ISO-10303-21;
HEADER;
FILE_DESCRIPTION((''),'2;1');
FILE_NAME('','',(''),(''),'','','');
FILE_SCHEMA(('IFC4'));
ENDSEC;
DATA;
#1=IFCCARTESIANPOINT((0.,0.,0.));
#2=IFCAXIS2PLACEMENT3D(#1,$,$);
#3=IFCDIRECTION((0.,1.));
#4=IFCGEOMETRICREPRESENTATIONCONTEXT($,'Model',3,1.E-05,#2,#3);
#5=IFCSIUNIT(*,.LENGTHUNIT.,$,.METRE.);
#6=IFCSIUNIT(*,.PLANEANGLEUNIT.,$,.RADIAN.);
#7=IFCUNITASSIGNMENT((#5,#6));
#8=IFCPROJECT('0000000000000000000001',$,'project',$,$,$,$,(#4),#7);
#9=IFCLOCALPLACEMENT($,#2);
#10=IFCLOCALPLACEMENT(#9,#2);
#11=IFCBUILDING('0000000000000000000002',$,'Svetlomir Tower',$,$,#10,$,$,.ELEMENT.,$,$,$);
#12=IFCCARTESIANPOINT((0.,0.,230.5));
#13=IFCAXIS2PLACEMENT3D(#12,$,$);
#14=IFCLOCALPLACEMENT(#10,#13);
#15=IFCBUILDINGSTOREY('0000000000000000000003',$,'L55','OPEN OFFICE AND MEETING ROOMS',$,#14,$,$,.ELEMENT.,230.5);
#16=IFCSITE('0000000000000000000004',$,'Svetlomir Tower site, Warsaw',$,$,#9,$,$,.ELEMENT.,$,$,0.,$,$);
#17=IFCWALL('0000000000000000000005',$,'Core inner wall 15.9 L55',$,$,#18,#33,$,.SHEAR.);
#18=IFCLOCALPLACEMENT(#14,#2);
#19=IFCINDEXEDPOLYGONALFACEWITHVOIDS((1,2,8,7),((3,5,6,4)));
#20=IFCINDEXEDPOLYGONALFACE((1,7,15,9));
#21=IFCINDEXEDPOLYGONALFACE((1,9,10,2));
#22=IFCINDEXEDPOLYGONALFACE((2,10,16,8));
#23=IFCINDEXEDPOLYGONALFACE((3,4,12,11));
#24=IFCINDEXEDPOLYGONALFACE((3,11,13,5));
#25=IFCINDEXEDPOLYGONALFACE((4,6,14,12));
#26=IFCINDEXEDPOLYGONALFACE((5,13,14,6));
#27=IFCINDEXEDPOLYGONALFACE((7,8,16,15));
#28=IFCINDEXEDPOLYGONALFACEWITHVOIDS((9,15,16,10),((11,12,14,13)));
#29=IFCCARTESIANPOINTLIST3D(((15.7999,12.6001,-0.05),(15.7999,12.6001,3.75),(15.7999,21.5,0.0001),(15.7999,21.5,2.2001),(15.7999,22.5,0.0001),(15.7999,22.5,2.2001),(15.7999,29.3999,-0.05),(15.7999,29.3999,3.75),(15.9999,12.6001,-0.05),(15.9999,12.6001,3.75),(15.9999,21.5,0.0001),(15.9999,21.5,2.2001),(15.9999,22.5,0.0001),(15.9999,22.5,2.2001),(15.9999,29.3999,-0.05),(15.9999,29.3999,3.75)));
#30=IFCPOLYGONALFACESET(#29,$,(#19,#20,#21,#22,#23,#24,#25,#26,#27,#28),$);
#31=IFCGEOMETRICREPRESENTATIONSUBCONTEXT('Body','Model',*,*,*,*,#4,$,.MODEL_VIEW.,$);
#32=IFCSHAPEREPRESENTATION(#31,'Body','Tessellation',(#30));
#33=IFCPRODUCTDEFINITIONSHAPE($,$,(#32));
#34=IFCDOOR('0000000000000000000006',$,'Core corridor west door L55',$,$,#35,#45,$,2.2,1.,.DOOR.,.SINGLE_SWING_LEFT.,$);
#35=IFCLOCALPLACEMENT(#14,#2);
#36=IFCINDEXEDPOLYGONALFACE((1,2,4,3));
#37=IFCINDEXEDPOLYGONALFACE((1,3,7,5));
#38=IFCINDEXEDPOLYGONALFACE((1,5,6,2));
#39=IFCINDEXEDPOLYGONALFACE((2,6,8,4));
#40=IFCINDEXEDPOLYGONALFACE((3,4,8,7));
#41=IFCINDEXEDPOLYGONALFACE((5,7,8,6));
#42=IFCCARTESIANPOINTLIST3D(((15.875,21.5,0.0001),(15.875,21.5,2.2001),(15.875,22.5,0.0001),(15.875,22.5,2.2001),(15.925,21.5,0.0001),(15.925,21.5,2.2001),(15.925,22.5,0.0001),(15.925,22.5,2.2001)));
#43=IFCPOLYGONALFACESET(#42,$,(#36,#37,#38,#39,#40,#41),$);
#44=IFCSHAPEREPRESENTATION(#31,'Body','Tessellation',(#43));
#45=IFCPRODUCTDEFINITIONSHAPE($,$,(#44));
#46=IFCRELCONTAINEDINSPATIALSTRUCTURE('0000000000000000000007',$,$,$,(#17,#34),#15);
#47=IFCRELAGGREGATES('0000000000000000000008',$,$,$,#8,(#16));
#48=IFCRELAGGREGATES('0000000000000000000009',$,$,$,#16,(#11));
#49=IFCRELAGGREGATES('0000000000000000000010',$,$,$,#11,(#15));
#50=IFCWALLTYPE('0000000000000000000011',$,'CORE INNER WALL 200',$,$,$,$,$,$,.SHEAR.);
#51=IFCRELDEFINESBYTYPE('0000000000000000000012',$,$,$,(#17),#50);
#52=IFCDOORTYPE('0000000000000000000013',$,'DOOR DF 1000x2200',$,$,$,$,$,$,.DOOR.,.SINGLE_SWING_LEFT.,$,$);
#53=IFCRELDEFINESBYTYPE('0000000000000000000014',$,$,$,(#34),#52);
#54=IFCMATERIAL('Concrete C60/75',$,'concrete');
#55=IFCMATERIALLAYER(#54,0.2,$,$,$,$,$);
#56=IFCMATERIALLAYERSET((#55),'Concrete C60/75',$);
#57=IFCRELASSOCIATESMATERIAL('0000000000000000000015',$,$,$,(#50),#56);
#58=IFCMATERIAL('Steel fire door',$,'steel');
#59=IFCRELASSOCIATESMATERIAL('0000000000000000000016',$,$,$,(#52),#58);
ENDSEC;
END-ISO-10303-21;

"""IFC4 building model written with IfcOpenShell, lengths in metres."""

from ifc_helpers import new_model, si_unit, direction, frame, frame_2d, origin, place, context, subcontext, project, spatial, rectangle, extrude, material, layer, layer_set, type_object, element, fill, save


model = new_model("IFC4")

# Units and contexts
model_context = context("Model", 3, precision=1e-05, world=origin(), true_north=direction((0.0, 1.0)))
body_context = subcontext(model_context, "Body", "Model", "MODEL_VIEW")
ifc_project = project(units=[si_unit("LENGTHUNIT", "METRE"), si_unit("PLANEANGLEUNIT", "RADIAN")], contexts=[model_context])

# Site, building, storey
site_placement = place(None, origin())
site = spatial("IfcSite", under=ifc_project, at=site_placement, Name="Svetlomir Tower site, Warsaw", CompositionType="ELEMENT", RefElevation=0.0)
building_placement = place(site_placement, origin())
building = spatial("IfcBuilding", under=site, at=building_placement, Name="Svetlomir Tower", CompositionType="ELEMENT")
storey_placement = place(building_placement, frame((0.0, 0.0, 230.5)))
storey = spatial("IfcBuildingStorey", under=building, at=storey_placement, Name="L55", Description="OPEN OFFICE AND MEETING ROOMS", CompositionType="ELEMENT", Elevation=230.5)

# Wall, opening, door
ifc_material_1 = material(Name="Concrete C60/75", Category="concrete")
ifc_layer_1 = layer(ifc_material_1, 0.2)
ifc_layer_set_1 = layer_set([ifc_layer_1], Name="Concrete C60/75")
wall_type_1 = type_object("IfcWallType", Name="CORE INNER WALL 200", PredefinedType="SHEAR", material=ifc_layer_set_1)
wall_1_placement = place(storey_placement, frame((15.8999, 12.6001, -0.05), z_axis=(0.0, 0.0, 1.0), x_axis=(0.0, 1.0, 0.0)))
wall_1 = element("IfcWall", 1, at=wall_1_placement, inside=storey, type_object=wall_type_1, Name="Core inner wall 15.9 L55", PredefinedType="SHEAR", context=body_context, shape_type="SweptSolid", body=[
    extrude(rectangle(XDim=16.7998, YDim=0.2, at=frame_2d((8.3999, 0.0))), origin(), (0.0, 0.0, 1.0), 3.8),
])
opening_1_placement = place(wall_1_placement, frame((8.8999, 0.0, 0.05)))
opening_1 = element("IfcOpeningElement", 2, at=opening_1_placement, cuts=wall_1, PredefinedType="OPENING", context=body_context, shape_type="SweptSolid", body=[
    extrude(rectangle(XDim=1.0, YDim=2.2, at=frame_2d((0.5, 1.1001))), frame((0.0, 0.1099, 0.0), z_axis=(0.0, -1.0, 0.0), x_axis=(1.0, 0.0, 0.0)), (0.0, 0.0, 1.0), 0.22),
])
ifc_material_2 = material(Name="Steel fire door", Category="steel")
door_type_1 = type_object("IfcDoorType", Name="DOOR DF 1000x2200", OperationType="SINGLE_SWING_LEFT", PredefinedType="DOOR", material=ifc_material_2)
door_1_placement = place(opening_1_placement, origin())
door_1 = element("IfcDoor", 3, at=door_1_placement, inside=storey, type_object=door_type_1, Name="Core corridor west door L55", OperationType="SINGLE_SWING_LEFT", OverallHeight=2.2, OverallWidth=1.0, PredefinedType="DOOR", context=body_context, shape_type="SweptSolid", body=[
    extrude(rectangle(XDim=1.0, YDim=2.2, at=frame_2d((0.5, 1.1001))), frame((0.0, 0.0249, 0.0), z_axis=(0.0, -1.0, 0.0), x_axis=(1.0, 0.0, 0.0)), (0.0, 0.0, 1.0), 0.05),
])
fill(opening_1, door_1)

save(model, "model.ifc")
